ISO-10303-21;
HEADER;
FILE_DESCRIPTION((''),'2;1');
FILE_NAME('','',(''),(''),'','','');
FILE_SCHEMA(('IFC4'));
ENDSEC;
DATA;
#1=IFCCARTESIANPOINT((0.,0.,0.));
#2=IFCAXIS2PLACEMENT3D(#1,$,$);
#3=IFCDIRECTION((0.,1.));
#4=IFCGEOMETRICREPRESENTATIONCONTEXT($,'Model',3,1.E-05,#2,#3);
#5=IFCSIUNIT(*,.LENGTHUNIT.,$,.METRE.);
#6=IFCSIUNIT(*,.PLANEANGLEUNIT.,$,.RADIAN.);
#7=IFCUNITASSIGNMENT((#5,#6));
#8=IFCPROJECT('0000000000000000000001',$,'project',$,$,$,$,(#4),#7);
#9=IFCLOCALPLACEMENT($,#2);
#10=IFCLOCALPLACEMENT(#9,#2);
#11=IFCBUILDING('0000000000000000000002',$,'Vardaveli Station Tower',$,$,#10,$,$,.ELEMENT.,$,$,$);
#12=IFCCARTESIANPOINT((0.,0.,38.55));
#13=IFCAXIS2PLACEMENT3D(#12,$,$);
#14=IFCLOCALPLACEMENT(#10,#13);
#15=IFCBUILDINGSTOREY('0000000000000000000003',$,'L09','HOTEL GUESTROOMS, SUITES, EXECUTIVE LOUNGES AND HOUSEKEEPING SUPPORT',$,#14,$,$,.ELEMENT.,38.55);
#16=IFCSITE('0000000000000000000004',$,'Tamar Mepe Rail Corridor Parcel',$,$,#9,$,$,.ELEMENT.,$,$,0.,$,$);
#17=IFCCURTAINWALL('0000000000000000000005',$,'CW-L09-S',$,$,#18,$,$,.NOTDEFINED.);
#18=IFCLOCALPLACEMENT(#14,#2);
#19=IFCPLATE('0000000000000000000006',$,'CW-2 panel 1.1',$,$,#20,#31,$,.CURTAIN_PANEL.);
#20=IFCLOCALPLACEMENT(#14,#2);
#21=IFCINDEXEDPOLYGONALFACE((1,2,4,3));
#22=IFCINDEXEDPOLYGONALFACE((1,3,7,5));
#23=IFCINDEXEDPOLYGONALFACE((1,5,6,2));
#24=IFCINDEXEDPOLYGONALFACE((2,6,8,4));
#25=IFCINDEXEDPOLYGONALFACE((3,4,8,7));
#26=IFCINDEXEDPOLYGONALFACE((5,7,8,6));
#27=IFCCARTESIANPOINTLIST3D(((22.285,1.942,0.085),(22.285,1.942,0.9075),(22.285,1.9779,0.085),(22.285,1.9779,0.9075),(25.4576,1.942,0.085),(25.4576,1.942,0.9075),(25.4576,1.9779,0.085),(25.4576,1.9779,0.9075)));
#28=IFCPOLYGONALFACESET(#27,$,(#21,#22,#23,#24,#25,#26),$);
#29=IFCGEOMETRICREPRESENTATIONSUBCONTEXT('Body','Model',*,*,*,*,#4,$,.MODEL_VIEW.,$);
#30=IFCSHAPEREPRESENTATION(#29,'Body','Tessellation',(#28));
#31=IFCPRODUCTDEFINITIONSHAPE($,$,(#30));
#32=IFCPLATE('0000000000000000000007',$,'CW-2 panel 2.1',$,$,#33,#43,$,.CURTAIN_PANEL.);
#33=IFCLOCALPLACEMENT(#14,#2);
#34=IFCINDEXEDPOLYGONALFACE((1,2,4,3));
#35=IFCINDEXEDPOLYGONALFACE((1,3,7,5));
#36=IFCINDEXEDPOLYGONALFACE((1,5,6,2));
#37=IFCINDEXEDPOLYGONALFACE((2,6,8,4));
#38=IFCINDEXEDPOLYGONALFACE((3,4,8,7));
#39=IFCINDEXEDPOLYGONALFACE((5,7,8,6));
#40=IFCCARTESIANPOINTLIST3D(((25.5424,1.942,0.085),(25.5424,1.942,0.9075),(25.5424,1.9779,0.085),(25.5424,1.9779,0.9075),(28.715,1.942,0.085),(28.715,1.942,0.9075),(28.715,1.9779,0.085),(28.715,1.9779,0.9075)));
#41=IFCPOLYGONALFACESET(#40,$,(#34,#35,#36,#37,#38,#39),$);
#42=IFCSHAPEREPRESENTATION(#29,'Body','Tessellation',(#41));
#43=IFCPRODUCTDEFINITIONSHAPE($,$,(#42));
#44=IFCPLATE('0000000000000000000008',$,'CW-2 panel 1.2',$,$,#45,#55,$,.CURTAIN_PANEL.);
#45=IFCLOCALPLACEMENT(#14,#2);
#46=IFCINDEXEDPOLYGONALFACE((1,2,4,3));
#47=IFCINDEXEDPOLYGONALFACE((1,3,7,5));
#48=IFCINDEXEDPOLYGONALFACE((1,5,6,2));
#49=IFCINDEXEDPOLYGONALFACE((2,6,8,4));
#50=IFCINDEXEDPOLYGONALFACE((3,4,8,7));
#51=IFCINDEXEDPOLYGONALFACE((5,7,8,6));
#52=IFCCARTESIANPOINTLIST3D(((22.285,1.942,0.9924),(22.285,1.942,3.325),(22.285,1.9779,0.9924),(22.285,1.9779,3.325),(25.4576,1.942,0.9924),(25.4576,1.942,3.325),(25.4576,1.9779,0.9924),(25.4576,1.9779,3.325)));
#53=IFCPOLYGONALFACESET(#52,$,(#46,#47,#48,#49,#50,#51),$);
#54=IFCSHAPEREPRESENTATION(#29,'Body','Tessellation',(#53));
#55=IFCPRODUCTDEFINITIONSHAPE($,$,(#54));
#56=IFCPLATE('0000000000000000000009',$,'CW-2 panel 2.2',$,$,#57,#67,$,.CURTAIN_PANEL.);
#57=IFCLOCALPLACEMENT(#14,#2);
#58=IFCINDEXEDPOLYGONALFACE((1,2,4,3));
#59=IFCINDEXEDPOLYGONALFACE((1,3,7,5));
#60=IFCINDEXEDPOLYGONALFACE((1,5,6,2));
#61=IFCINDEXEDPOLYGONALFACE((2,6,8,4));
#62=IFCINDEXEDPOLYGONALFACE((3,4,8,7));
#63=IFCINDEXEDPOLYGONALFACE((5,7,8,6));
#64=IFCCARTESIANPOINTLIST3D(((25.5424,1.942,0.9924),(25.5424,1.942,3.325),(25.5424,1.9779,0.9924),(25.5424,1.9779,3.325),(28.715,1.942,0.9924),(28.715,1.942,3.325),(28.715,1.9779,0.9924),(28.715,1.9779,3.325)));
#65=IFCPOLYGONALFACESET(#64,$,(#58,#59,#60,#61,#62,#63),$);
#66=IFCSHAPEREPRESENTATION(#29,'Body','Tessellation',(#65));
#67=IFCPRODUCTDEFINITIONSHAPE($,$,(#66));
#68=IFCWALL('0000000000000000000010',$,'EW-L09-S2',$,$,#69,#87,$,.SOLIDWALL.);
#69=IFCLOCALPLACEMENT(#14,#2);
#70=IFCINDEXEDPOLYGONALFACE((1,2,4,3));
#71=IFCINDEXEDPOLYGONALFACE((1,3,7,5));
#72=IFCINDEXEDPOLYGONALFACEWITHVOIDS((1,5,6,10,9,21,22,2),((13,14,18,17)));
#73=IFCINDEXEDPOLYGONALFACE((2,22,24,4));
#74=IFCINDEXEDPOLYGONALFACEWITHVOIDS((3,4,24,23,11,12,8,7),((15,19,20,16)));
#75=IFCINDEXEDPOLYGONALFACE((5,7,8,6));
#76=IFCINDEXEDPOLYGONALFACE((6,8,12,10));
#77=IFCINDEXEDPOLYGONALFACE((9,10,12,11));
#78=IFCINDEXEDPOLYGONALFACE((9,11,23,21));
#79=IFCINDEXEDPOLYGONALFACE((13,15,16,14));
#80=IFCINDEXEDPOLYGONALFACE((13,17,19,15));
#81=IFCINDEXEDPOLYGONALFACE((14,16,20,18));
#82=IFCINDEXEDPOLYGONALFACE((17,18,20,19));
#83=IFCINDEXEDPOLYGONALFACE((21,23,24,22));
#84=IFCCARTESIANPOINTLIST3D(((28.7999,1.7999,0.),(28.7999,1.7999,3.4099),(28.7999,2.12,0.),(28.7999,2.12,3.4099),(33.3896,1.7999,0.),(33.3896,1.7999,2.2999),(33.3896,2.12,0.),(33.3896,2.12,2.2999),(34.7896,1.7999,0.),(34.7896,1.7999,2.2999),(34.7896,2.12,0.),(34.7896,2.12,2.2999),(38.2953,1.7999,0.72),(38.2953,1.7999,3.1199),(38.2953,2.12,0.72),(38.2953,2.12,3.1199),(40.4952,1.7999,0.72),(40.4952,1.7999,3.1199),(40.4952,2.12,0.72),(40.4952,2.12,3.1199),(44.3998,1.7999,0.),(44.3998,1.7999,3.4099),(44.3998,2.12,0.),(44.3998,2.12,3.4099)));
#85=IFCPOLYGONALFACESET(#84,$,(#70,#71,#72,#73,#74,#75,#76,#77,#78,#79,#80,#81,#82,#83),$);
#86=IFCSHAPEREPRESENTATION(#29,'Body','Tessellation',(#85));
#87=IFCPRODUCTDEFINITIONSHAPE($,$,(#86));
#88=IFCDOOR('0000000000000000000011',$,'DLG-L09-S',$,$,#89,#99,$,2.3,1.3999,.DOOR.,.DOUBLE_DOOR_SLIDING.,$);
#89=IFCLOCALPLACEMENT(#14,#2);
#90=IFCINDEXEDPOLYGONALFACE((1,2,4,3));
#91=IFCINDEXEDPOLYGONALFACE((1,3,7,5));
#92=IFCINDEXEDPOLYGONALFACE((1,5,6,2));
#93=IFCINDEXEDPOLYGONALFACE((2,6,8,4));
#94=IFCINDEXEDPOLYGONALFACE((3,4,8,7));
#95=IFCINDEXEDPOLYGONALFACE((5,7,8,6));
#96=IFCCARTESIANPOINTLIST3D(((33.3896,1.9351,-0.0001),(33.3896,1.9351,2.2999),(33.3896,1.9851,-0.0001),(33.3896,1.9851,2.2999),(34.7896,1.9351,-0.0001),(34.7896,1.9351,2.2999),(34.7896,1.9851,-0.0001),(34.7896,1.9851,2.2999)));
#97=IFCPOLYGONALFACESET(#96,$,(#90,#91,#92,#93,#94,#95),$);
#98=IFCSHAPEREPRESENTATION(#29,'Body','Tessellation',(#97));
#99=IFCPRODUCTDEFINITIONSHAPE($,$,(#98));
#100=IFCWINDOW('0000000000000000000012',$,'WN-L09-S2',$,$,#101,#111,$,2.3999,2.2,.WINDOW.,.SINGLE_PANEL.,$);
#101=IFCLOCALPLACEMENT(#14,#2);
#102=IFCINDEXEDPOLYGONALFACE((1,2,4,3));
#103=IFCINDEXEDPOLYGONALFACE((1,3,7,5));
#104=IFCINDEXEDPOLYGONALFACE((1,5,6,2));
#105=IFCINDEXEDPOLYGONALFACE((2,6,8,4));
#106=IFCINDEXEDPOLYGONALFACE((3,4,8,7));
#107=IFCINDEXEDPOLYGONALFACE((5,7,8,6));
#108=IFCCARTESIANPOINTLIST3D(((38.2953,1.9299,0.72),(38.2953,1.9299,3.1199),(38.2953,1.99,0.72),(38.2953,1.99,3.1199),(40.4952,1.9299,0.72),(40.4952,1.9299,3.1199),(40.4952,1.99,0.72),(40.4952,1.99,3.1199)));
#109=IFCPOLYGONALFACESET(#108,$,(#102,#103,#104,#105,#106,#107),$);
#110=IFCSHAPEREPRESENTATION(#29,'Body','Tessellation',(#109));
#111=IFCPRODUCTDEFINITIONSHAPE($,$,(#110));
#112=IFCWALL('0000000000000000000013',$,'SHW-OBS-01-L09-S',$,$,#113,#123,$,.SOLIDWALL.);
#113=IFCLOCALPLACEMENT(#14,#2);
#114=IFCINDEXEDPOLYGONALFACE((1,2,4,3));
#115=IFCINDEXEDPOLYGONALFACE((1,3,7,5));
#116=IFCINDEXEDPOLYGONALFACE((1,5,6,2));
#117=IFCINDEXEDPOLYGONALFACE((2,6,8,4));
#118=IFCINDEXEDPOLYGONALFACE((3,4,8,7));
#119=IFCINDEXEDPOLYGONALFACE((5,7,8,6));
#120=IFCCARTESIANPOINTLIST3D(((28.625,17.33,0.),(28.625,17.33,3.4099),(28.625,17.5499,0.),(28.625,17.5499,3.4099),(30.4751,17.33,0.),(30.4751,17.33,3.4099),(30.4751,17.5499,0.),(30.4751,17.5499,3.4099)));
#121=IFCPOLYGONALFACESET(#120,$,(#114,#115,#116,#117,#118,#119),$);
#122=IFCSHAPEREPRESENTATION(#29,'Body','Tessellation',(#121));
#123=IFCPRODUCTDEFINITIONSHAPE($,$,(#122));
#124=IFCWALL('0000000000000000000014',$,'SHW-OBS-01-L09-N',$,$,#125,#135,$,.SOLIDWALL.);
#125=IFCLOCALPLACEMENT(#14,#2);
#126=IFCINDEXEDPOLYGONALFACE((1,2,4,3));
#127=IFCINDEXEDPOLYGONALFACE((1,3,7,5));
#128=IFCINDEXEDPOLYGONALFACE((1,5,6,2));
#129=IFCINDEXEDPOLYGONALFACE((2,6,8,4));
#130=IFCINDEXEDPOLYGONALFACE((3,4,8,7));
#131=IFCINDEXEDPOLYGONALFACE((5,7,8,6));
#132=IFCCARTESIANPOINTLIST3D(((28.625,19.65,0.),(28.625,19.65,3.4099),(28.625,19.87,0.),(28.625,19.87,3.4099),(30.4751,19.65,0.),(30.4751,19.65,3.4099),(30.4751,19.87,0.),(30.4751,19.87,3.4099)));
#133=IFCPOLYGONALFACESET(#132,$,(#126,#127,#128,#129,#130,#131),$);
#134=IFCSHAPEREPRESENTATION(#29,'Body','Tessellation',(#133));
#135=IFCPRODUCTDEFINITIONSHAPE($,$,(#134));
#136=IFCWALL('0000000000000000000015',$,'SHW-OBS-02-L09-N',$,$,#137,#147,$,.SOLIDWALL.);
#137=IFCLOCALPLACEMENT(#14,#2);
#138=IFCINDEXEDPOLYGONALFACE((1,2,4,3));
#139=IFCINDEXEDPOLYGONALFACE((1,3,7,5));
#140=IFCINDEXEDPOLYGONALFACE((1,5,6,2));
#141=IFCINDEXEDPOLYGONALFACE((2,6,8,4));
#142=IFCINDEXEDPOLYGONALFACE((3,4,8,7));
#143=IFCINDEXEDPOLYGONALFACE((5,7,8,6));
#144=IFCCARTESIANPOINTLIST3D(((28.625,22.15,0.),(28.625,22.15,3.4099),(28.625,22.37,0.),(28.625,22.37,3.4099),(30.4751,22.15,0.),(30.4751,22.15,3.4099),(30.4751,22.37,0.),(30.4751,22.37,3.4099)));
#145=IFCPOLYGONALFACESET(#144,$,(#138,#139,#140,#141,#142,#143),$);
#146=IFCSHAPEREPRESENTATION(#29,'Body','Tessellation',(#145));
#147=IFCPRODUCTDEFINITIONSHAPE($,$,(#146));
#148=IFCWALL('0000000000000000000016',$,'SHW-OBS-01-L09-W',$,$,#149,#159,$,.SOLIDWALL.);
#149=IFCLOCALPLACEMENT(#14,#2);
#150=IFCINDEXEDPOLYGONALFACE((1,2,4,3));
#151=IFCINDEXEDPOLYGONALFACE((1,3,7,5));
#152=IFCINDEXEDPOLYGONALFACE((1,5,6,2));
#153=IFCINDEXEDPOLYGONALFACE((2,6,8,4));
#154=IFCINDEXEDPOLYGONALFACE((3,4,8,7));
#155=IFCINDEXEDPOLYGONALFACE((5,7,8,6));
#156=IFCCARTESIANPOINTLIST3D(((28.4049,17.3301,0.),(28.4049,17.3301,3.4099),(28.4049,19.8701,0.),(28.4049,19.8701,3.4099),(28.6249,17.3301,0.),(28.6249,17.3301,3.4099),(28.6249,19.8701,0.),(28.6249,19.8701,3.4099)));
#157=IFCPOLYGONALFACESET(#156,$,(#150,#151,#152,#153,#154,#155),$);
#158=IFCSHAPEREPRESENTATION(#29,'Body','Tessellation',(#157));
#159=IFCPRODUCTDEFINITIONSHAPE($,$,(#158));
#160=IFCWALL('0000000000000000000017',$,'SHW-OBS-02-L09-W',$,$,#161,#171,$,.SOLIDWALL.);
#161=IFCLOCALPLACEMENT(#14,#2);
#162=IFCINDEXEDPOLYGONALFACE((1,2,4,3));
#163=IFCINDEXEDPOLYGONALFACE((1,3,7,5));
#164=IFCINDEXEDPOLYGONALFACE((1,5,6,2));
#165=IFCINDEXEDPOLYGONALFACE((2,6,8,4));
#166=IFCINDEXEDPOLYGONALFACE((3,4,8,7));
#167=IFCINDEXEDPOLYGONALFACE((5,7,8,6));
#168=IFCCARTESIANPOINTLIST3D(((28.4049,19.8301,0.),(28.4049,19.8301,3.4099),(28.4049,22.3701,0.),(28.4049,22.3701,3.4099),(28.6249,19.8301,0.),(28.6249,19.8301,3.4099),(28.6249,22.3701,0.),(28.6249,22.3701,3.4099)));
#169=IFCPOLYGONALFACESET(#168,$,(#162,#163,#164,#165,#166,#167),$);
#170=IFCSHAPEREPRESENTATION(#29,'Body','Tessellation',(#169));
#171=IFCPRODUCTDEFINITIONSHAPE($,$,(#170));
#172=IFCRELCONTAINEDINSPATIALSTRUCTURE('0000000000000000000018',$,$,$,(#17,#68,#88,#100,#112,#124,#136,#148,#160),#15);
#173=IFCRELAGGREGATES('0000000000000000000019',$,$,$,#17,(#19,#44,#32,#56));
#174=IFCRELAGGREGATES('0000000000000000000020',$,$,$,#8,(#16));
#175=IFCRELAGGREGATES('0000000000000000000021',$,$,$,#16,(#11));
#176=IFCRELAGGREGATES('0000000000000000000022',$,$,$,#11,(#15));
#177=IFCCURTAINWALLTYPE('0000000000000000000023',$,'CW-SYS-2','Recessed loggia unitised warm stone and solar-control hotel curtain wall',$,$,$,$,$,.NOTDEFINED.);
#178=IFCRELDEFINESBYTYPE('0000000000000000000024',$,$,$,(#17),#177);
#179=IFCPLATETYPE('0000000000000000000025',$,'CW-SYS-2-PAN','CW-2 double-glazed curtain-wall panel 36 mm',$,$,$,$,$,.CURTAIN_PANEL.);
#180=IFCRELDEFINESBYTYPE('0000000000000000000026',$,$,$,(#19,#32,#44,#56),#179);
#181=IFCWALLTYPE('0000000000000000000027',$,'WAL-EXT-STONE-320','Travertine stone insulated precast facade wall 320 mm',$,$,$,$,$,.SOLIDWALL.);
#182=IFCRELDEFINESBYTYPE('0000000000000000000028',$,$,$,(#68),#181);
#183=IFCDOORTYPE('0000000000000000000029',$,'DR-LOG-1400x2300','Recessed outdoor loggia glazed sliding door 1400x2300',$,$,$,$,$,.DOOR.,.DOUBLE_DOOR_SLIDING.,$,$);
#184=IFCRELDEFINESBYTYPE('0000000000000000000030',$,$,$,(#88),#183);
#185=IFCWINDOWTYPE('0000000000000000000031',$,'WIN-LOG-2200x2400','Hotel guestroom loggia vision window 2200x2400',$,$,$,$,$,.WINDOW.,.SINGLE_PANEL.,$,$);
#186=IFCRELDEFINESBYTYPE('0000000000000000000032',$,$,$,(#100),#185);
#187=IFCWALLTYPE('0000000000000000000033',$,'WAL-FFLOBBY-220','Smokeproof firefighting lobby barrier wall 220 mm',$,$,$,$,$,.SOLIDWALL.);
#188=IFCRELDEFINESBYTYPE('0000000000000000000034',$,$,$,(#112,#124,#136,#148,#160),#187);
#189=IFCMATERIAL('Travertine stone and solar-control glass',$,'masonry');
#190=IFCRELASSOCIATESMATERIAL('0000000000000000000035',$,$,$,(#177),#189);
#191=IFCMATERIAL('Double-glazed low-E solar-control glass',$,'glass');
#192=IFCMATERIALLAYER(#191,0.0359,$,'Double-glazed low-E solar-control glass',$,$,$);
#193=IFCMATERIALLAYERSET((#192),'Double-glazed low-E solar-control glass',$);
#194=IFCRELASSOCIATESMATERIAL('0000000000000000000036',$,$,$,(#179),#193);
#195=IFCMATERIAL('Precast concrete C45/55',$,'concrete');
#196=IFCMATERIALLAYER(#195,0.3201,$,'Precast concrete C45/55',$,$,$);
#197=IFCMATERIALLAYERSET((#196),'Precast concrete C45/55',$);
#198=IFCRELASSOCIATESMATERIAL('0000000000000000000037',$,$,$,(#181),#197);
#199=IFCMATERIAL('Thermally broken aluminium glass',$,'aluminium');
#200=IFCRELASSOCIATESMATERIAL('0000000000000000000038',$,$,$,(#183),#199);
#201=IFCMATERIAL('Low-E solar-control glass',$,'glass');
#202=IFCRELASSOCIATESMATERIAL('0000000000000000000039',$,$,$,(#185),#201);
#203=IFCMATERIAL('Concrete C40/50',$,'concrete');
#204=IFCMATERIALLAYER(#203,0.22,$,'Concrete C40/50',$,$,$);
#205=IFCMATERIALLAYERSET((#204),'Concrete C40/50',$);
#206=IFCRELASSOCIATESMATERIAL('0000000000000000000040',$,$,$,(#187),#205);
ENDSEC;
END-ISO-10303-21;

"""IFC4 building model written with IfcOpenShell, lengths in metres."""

from ifc_helpers import new_model, si_unit, direction, frame, frame_2d, origin, origin_2d, place, context, subcontext, project, spatial, rectangle, extrude, source, transform, mapped, material, layer, layer_set, type_object, element, fill, aggregate, save


model = new_model("IFC4")

# Units and contexts
model_context = context("Model", 3, precision=1e-05, world=origin(), true_north=direction((0.0, 1.0)))
body_context = subcontext(model_context, "Body", "Model", "MODEL_VIEW")
ifc_project = project(units=[si_unit("LENGTHUNIT", "METRE"), si_unit("PLANEANGLEUNIT", "RADIAN")], contexts=[model_context])

# Site, building, storey
site_placement = place(None, origin())
site = spatial("IfcSite", under=ifc_project, at=site_placement, Name="Tamar Mepe Rail Corridor Parcel", CompositionType="ELEMENT", RefElevation=0.0)
building_placement = place(site_placement, origin())
building = spatial("IfcBuilding", under=site, at=building_placement, Name="Vardaveli Station Tower", CompositionType="ELEMENT")
storey_placement = place(building_placement, frame((0.0, 0.0, 38.55)))
storey = spatial("IfcBuildingStorey", under=building, at=storey_placement, Name="L09", Description="HOTEL GUESTROOMS, SUITES, EXECUTIVE LOUNGES AND HOUSEKEEPING SUPPORT", CompositionType="ELEMENT", Elevation=38.55)

# Shared definitions
ifc_material_1 = material(Name="Precast concrete C45/55", Category="concrete")

# Curtain wall, plates
ifc_material_2 = material(Name="Travertine stone and solar-control glass", Category="masonry")
curtain_wall_type = type_object("IfcCurtainWallType", Name="CW-SYS-2", Description="Recessed loggia unitised warm stone and solar-control hotel curtain wall", PredefinedType="NOTDEFINED", material=ifc_material_2)
curtain_wall_placement = place(storey_placement, origin())
curtain_wall = element("IfcCurtainWall", 1, at=curtain_wall_placement, inside=storey, type_object=curtain_wall_type, Name="CW-L09-S", PredefinedType="NOTDEFINED")
ifc_material_3 = material(Name="Double-glazed low-E solar-control glass", Category="glass")
ifc_layer_1 = layer(ifc_material_3, 0.0359, Name="Double-glazed low-E solar-control glass")
ifc_layer_set_1 = layer_set([ifc_layer_1], Name="Double-glazed low-E solar-control glass")
plate_type = type_object("IfcPlateType", Name="CW-SYS-2-PAN", Description="CW-2 double-glazed curtain-wall panel 36 mm", PredefinedType="CURTAIN_PANEL", material=ifc_layer_set_1)
shared_shape_1 = source(origin(), body_context, "Body", "SweptSolid", [
    extrude(rectangle(XDim=3.1726, YDim=0.0359, at=origin_2d()), origin(), (0.0, 0.0, 1.0), 0.8225),
])
plate_1_placement = place(storey_placement, frame((23.8713, 1.96, 0.085), z_axis=(0.0, 0.0, 1.0), x_axis=(1.0, 0.0, 0.0)))
plate_1 = element("IfcPlate", 2, at=plate_1_placement, type_object=plate_type, Name="CW-2 panel 1.1", PredefinedType="CURTAIN_PANEL", context=body_context, shape_type="MappedRepresentation", body=[
    mapped(shared_shape_1, transform((0.0, 0.0, 0.0), scale=1.0)),
])
plate_2_placement = place(storey_placement, frame((27.1287, 1.96, 0.085), z_axis=(0.0, 0.0, 1.0), x_axis=(1.0, 0.0, 0.0)))
plate_2 = element("IfcPlate", 3, at=plate_2_placement, type_object=plate_type, Name="CW-2 panel 2.1", PredefinedType="CURTAIN_PANEL", context=body_context, shape_type="MappedRepresentation", body=[
    mapped(shared_shape_1, transform((0.0, 0.0, 0.0), scale=1.0)),
])
shared_shape_2 = source(origin(), body_context, "Body", "SweptSolid", [
    extrude(rectangle(XDim=3.1726, YDim=0.0359, at=origin_2d()), origin(), (0.0, 0.0, 1.0), 2.3325),
])
plate_3_placement = place(storey_placement, frame((23.8713, 1.96, 0.9924), z_axis=(0.0, 0.0, 1.0), x_axis=(1.0, 0.0, 0.0)))
plate_3 = element("IfcPlate", 4, at=plate_3_placement, type_object=plate_type, Name="CW-2 panel 1.2", PredefinedType="CURTAIN_PANEL", context=body_context, shape_type="MappedRepresentation", body=[
    mapped(shared_shape_2, transform((0.0, 0.0, 0.0), scale=1.0)),
])
plate_4_placement = place(storey_placement, frame((27.1287, 1.96, 0.9924), z_axis=(0.0, 0.0, 1.0), x_axis=(1.0, 0.0, 0.0)))
plate_4 = element("IfcPlate", 5, at=plate_4_placement, type_object=plate_type, Name="CW-2 panel 2.2", PredefinedType="CURTAIN_PANEL", context=body_context, shape_type="MappedRepresentation", body=[
    mapped(shared_shape_2, transform((0.0, 0.0, 0.0), scale=1.0)),
])
aggregate(curtain_wall, [plate_1, plate_3, plate_2, plate_4])

# Wall, openings, door, window
ifc_layer_2 = layer(ifc_material_1, 0.3201, Name="Precast concrete C45/55")
ifc_layer_set_2 = layer_set([ifc_layer_2], Name="Precast concrete C45/55")
wall_type_1 = type_object("IfcWallType", Name="WAL-EXT-STONE-320", Description="Travertine stone insulated precast facade wall 320 mm", PredefinedType="SOLIDWALL", material=ifc_layer_set_2)
shared_shape_3 = source(origin(), body_context, "Body", "SweptSolid", [
    extrude(rectangle(XDim=15.5999, YDim=0.3201, at=frame_2d((7.7998, 0.0))), origin(), (0.0, 0.0, 1.0), 3.4099),
])
wall_1_placement = place(storey_placement, frame((28.8, 1.96, 0.0), z_axis=(0.0, 0.0, 1.0), x_axis=(1.0, 0.0, 0.0)))
wall_1 = element("IfcWall", 6, at=wall_1_placement, inside=storey, type_object=wall_type_1, Name="EW-L09-S2", PredefinedType="SOLIDWALL", context=body_context, shape_type="MappedRepresentation", body=[
    mapped(shared_shape_3, transform((0.0, 0.0, 0.0), scale=1.0)),
])
shared_shape_4 = source(origin(), body_context, "Body", "SweptSolid", [
    extrude(rectangle(XDim=1.3999, YDim=2.3, at=frame_2d((0.7, 1.1499))), frame((0.0, 0.1699, 0.0), z_axis=(0.0, -1.0, 0.0), x_axis=(1.0, 0.0, 0.0)), (0.0, 0.0, 1.0), 0.3401),
])
opening_1_placement = place(wall_1_placement, frame((4.5896, 0.0, 0.0)))
opening_1 = element("IfcOpeningElement", 7, at=opening_1_placement, cuts=wall_1, PredefinedType="OPENING", context=body_context, shape_type="MappedRepresentation", body=[
    mapped(shared_shape_4, transform((0.0, 0.0, 0.0), scale=1.0)),
])
shared_shape_5 = source(origin(), body_context, "Body", "SweptSolid", [
    extrude(rectangle(XDim=2.2, YDim=2.3999, at=frame_2d((1.1001, 1.2))), frame((0.0, 0.1699, 0.0), z_axis=(0.0, -1.0, 0.0), x_axis=(1.0, 0.0, 0.0)), (0.0, 0.0, 1.0), 0.3401),
])
opening_2_placement = place(wall_1_placement, frame((9.4951, 0.0, 0.72)))
opening_2 = element("IfcOpeningElement", 8, at=opening_2_placement, cuts=wall_1, PredefinedType="OPENING", context=body_context, shape_type="MappedRepresentation", body=[
    mapped(shared_shape_5, transform((0.0, 0.0, 0.0), scale=1.0)),
])
ifc_material_4 = material(Name="Thermally broken aluminium glass", Category="aluminium")
door_type_1 = type_object("IfcDoorType", Name="DR-LOG-1400x2300", Description="Recessed outdoor loggia glazed sliding door 1400x2300", OperationType="DOUBLE_DOOR_SLIDING", PredefinedType="DOOR", material=ifc_material_4)
shared_shape_6 = source(origin(), body_context, "Body", "SweptSolid", [
    extrude(rectangle(XDim=1.3999, YDim=2.3, at=frame_2d((0.7, 1.1499))), frame((0.0, 0.0249, 0.0), z_axis=(0.0, -1.0, 0.0), x_axis=(1.0, 0.0, 0.0)), (0.0, 0.0, 1.0), 0.05),
])
door_1_placement = place(opening_1_placement, frame((1.3999, 0.0, 0.0), z_axis=(0.0, 0.0, 1.0), x_axis=(-1.0, 0.0, 0.0)))
door_1 = element("IfcDoor", 9, at=door_1_placement, inside=storey, type_object=door_type_1, Name="DLG-L09-S", OperationType="DOUBLE_DOOR_SLIDING", OverallHeight=2.3, OverallWidth=1.3999, PredefinedType="DOOR", context=body_context, shape_type="MappedRepresentation", body=[
    mapped(shared_shape_6, transform((0.0, 0.0, 0.0), scale=1.0)),
])
fill(opening_1, door_1)
ifc_material_5 = material(Name="Low-E solar-control glass", Category="glass")
window_type = type_object("IfcWindowType", Name="WIN-LOG-2200x2400", Description="Hotel guestroom loggia vision window 2200x2400", PartitioningType="SINGLE_PANEL", PredefinedType="WINDOW", material=ifc_material_5)
shared_shape_7 = source(origin(), body_context, "Body", "SweptSolid", [
    extrude(rectangle(XDim=2.2, YDim=2.3999, at=frame_2d((1.1001, 1.2))), frame((0.0, 0.03, 0.0), z_axis=(0.0, -1.0, 0.0), x_axis=(1.0, 0.0, 0.0)), (0.0, 0.0, 1.0), 0.0601),
])
window_placement = place(opening_2_placement, origin())
window = element("IfcWindow", 10, at=window_placement, inside=storey, type_object=window_type, Name="WN-L09-S2", OverallHeight=2.3999, OverallWidth=2.2, PartitioningType="SINGLE_PANEL", PredefinedType="WINDOW", context=body_context, shape_type="MappedRepresentation", body=[
    mapped(shared_shape_7, transform((0.0, 0.0, 0.0), scale=1.0)),
])
fill(opening_2, window)

# Walls
ifc_material_6 = material(Name="Concrete C40/50", Category="concrete")
ifc_layer_3 = layer(ifc_material_6, 0.22, Name="Concrete C40/50")
ifc_layer_set_3 = layer_set([ifc_layer_3], Name="Concrete C40/50")
wall_type_2 = type_object("IfcWallType", Name="WAL-FFLOBBY-220", Description="Smokeproof firefighting lobby barrier wall 220 mm", PredefinedType="SOLIDWALL", material=ifc_layer_set_3)
shared_shape_8 = source(origin(), body_context, "Body", "SweptSolid", [
    extrude(rectangle(XDim=1.8501, YDim=0.22, at=frame_2d((0.925, 0.0))), origin(), (0.0, 0.0, 1.0), 3.4099),
])
for number, where, z_axis, x_axis, name in (
    (11, (28.625, 17.4399, 0.0), (0.0, 0.0, 1.0), (1.0, 0.0, 0.0), "SHW-OBS-01-L09-S"),
    (12, (28.625, 19.76, 0.0), (0.0, 0.0, 1.0), (1.0, 0.0, 0.0), "SHW-OBS-01-L09-N"),
    (13, (28.625, 22.26, 0.0), (0.0, 0.0, 1.0), (1.0, 0.0, 0.0), "SHW-OBS-02-L09-N"),
):
    element("IfcWall", number, at=place(storey_placement, frame(where, z_axis=z_axis, x_axis=x_axis)), inside=storey, type_object=wall_type_2, Name=name, PredefinedType="SOLIDWALL", context=body_context, shape_type="MappedRepresentation", body=[
        mapped(shared_shape_8, transform((0.0, 0.0, 0.0), scale=1.0)),
    ])
shared_shape_9 = source(origin(), body_context, "Body", "SweptSolid", [
    extrude(rectangle(XDim=2.54, YDim=0.22, at=frame_2d((1.27, 0.0))), origin(), (0.0, 0.0, 1.0), 3.4099),
])
for number, where, z_axis, x_axis, name in (
    (14, (28.5149, 17.3301, 0.0), (0.0, 0.0, 1.0), (0.0, 1.0, 0.0), "SHW-OBS-01-L09-W"),
    (15, (28.5149, 19.8301, 0.0), (0.0, 0.0, 1.0), (0.0, 1.0, 0.0), "SHW-OBS-02-L09-W"),
):
    element("IfcWall", number, at=place(storey_placement, frame(where, z_axis=z_axis, x_axis=x_axis)), inside=storey, type_object=wall_type_2, Name=name, PredefinedType="SOLIDWALL", context=body_context, shape_type="MappedRepresentation", body=[
        mapped(shared_shape_9, transform((0.0, 0.0, 0.0), scale=1.0)),
    ])

save(model, "model.ifc")
